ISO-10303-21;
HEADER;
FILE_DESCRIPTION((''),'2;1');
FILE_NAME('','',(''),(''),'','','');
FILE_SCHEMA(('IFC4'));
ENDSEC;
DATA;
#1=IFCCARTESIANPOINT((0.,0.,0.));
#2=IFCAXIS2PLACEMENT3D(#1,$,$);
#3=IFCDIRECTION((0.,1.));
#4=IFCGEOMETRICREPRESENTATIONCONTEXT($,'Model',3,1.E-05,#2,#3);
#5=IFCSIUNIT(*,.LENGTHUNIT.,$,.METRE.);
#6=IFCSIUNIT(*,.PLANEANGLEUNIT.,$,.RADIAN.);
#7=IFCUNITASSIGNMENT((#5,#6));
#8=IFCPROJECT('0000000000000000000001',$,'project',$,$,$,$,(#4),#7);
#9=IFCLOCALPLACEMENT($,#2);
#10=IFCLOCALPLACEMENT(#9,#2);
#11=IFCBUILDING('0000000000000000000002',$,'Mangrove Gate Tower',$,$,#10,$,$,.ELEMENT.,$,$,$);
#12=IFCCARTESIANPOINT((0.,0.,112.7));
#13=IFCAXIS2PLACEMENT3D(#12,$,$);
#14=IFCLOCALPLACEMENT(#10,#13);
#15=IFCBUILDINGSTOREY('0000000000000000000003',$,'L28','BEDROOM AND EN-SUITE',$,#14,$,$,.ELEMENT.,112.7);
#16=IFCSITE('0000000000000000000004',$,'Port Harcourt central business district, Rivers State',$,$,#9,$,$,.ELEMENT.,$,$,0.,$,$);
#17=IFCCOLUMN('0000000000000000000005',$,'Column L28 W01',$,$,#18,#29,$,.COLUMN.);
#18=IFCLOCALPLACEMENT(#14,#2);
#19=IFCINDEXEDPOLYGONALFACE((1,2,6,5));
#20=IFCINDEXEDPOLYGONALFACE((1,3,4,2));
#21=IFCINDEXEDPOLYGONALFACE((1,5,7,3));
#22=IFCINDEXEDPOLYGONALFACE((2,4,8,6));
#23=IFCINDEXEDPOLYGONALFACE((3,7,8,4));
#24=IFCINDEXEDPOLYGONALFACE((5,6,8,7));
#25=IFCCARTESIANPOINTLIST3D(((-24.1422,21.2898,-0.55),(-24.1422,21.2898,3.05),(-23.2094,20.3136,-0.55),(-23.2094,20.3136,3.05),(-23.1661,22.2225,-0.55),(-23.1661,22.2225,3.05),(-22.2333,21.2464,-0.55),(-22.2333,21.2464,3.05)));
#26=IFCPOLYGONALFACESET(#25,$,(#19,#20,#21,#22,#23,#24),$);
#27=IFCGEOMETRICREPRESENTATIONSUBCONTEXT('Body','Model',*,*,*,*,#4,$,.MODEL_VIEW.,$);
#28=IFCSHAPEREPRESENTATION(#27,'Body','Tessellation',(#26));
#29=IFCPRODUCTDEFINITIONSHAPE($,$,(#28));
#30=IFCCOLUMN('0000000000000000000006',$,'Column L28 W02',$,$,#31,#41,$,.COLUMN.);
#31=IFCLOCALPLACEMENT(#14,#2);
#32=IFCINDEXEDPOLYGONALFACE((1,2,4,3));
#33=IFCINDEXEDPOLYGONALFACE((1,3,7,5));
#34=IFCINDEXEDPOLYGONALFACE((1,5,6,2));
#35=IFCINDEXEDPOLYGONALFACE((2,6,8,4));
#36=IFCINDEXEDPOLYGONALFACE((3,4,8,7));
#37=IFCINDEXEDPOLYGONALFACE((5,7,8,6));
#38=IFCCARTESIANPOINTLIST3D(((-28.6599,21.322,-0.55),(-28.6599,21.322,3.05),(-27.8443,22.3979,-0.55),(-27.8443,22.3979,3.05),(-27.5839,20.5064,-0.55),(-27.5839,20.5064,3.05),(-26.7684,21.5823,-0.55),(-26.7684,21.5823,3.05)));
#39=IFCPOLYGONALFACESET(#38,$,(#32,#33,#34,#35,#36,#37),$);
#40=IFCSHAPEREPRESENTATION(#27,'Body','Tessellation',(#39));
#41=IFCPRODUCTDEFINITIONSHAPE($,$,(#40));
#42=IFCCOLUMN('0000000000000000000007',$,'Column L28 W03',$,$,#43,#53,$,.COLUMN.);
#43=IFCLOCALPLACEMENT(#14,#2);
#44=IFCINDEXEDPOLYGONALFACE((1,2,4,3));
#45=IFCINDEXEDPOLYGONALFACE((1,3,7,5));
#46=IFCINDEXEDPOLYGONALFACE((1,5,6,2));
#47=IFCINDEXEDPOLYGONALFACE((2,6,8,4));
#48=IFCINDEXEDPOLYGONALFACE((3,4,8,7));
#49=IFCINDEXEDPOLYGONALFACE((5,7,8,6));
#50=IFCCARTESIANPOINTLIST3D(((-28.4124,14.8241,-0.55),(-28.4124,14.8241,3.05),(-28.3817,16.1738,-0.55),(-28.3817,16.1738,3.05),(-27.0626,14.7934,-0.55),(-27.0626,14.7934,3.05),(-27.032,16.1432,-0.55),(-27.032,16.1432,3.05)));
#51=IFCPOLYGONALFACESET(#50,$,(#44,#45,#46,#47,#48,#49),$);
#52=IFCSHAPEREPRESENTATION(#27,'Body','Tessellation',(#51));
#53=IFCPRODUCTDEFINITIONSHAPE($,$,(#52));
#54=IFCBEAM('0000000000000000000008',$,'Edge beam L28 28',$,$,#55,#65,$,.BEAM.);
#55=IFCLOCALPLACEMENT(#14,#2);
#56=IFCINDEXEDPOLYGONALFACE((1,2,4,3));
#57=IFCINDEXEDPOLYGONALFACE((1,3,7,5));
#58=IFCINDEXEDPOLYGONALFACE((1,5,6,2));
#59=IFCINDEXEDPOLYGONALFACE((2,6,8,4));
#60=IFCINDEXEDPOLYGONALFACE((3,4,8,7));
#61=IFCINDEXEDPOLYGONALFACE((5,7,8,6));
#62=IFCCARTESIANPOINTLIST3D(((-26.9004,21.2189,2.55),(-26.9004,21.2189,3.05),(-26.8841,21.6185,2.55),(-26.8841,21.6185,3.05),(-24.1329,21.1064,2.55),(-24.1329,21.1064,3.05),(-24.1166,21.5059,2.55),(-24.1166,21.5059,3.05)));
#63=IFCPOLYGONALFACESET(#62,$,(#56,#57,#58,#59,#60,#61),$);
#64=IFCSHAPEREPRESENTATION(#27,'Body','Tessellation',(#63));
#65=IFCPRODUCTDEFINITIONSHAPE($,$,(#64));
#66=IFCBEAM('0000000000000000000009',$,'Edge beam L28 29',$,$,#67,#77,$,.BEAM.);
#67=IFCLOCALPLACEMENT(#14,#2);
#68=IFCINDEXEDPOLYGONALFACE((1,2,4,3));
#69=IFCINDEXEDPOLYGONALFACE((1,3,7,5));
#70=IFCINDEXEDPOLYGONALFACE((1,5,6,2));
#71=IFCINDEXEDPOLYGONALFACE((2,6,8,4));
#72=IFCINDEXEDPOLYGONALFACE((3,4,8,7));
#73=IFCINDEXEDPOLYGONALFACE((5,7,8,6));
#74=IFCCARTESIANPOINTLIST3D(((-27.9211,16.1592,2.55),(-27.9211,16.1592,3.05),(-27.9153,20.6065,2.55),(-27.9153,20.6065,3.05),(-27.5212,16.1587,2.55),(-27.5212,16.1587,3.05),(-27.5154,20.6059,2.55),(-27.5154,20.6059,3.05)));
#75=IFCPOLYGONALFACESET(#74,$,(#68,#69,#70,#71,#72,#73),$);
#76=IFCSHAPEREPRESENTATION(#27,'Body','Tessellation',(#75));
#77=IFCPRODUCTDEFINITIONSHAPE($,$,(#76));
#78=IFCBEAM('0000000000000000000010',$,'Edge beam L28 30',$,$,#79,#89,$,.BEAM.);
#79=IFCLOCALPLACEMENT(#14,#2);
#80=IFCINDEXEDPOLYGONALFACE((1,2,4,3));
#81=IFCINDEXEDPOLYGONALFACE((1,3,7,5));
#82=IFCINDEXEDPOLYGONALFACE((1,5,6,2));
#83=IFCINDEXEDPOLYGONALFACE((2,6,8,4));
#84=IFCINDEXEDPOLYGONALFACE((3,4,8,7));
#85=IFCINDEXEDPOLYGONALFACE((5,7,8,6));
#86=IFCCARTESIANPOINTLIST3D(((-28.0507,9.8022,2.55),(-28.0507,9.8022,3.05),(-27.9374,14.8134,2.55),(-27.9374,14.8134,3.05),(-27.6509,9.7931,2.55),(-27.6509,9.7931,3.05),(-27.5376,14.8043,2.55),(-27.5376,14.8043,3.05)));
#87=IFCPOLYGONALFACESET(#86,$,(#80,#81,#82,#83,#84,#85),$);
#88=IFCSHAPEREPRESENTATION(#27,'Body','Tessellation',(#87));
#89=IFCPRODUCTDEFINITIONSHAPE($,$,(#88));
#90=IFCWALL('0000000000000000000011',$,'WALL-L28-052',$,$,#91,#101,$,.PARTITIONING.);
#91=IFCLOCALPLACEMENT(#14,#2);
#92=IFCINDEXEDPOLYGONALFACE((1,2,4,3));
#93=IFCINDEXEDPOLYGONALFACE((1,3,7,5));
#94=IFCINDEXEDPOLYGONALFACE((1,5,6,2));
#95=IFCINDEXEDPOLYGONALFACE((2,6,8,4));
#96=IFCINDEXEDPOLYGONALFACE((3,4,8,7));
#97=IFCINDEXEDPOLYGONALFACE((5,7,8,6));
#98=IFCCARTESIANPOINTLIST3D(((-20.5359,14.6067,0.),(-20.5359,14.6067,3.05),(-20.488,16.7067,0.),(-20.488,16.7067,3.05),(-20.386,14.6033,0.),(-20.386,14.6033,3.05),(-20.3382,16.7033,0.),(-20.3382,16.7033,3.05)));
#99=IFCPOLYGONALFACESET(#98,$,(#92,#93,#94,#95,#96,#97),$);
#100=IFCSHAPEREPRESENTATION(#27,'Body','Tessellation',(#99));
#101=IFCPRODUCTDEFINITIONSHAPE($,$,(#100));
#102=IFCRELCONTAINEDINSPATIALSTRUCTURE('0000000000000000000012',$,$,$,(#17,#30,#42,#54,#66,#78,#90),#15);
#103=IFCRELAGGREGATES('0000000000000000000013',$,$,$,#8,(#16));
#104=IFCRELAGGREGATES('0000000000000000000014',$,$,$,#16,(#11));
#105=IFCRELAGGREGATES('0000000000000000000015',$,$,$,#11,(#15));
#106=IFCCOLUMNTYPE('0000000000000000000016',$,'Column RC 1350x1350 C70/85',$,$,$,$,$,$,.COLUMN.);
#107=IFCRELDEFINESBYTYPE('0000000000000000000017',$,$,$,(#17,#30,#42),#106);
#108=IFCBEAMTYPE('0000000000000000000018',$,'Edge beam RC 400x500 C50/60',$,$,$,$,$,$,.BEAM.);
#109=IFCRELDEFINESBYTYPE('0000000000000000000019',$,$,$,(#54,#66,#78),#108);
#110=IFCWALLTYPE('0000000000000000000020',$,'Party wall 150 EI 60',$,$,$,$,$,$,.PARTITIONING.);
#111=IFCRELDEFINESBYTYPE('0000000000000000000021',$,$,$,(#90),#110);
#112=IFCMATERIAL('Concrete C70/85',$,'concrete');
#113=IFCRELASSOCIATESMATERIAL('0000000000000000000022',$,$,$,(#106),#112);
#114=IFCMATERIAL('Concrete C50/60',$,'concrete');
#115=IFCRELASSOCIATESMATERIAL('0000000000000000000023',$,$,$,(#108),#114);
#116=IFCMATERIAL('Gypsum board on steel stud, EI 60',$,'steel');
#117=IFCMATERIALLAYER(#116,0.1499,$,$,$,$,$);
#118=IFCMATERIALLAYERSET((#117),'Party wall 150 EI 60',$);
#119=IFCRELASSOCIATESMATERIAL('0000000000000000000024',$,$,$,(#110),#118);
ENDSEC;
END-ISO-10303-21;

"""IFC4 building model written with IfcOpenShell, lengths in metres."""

from ifc_helpers import new_model, si_unit, direction, frame, frame_2d, origin, origin_2d, place, context, subcontext, project, spatial, rectangle, extrude, material, layer, layer_set, material_profile, profile_set, type_object, element, save


model = new_model("IFC4")

# Units and contexts
model_context = context("Model", 3, precision=1e-05, world=origin(), true_north=direction((0.0, 1.0)))
body_context = subcontext(model_context, "Body", "Model", "MODEL_VIEW")
ifc_project = project(units=[si_unit("LENGTHUNIT", "METRE"), si_unit("PLANEANGLEUNIT", "RADIAN")], contexts=[model_context])

# Site, building, storey
site_placement = place(None, origin())
site = spatial("IfcSite", under=ifc_project, at=site_placement, Name="Port Harcourt central business district, Rivers State", CompositionType="ELEMENT", RefElevation=0.0)
building_placement = place(site_placement, origin())
building = spatial("IfcBuilding", under=site, at=building_placement, Name="Mangrove Gate Tower", CompositionType="ELEMENT")
storey_placement = place(building_placement, frame((0.0, 0.0, 112.7)))
storey = spatial("IfcBuildingStorey", under=building, at=storey_placement, Name="L28", Description="BEDROOM AND EN-SUITE", CompositionType="ELEMENT", Elevation=112.7)

# Columns
ifc_material_1 = material(Name="Concrete C70/85", Category="concrete")
ifc_material_profile_1 = material_profile(ifc_material_1, rectangle(XDim=1.3501, YDim=1.3501, at=origin_2d()))
ifc_profile_set_1 = profile_set([ifc_material_profile_1], Name="Concrete C70/85")
column_type = type_object("IfcColumnType", Name="Column RC 1350x1350 C70/85", PredefinedType="COLUMN", material=ifc_profile_set_1)
for number, where, z_axis, x_axis, name in (
    (1, (-23.1877, 21.2681, -0.55), (0.0, 0.0, 1.0), (-0.722989, -0.69086, 0.0), "Column L28 W01"),
    (2, (-27.7141, 21.4521, -0.55), (0.0, 0.0, 1.0), (-0.604088, -0.796917, 0.0), "Column L28 W02"),
    (3, (-27.7222, 15.4836, -0.55), (0.0, 0.0, 1.0), (-0.022711, -0.999742, 0.0), "Column L28 W03"),
):
    element("IfcColumn", number, at=place(storey_placement, frame(where, z_axis=z_axis, x_axis=x_axis)), inside=storey, type_object=column_type, Name=name, PredefinedType="COLUMN", context=body_context, shape_type="SweptSolid", body=[
        extrude(rectangle(XDim=1.3501, YDim=1.3501, at=origin_2d()), origin(), (0.0, 0.0, 1.0), 3.6001),
    ])

# Beams
ifc_material_2 = material(Name="Concrete C50/60", Category="concrete")
ifc_material_profile_2 = material_profile(ifc_material_2, rectangle(XDim=0.3999, YDim=0.5, at=origin_2d()))
ifc_profile_set_2 = profile_set([ifc_material_profile_2], Name="Concrete C50/60")
beam_type = type_object("IfcBeamType", Name="Edge beam RC 400x500 C50/60", PredefinedType="BEAM", material=ifc_profile_set_2)
beam_1_placement = place(storey_placement, frame((-24.1248, 21.3062, 2.8), z_axis=(-0.999174, 0.040633, 0.0), x_axis=(-0.040633, -0.999174, 0.0)))
element("IfcBeam", 4, at=beam_1_placement, inside=storey, type_object=beam_type, Name="Edge beam L28 28", PredefinedType="BEAM", context=body_context, shape_type="SweptSolid", body=[
    extrude(rectangle(XDim=0.3999, YDim=0.5, at=origin_2d()), origin(), (0.0, 0.0, 1.0), 2.7698),
])
beam_2_placement = place(storey_placement, frame((-27.7153, 20.6062, 2.8), z_axis=(-0.001318, -0.999999, 0.0), x_axis=(0.999999, -0.001318, 0.0)))
element("IfcBeam", 5, at=beam_2_placement, inside=storey, type_object=beam_type, Name="Edge beam L28 29", PredefinedType="BEAM", context=body_context, shape_type="SweptSolid", body=[
    extrude(rectangle(XDim=0.3999, YDim=0.5, at=origin_2d()), origin(), (0.0, 0.0, 1.0), 4.4473),
])
beam_3_placement = place(storey_placement, frame((-27.7375, 14.8088, 2.8), z_axis=(-0.0226, -0.999745, 0.0), x_axis=(0.999745, -0.0226, 0.0)))
element("IfcBeam", 6, at=beam_3_placement, inside=storey, type_object=beam_type, Name="Edge beam L28 30", PredefinedType="BEAM", context=body_context, shape_type="SweptSolid", body=[
    extrude(rectangle(XDim=0.3999, YDim=0.5, at=origin_2d()), origin(), (0.0, 0.0, 1.0), 5.0125),
])

# Wall
ifc_material_3 = material(Name="Gypsum board on steel stud, EI 60", Category="steel")
ifc_layer_1 = layer(ifc_material_3, 0.1499)
ifc_layer_set_1 = layer_set([ifc_layer_1], Name="Party wall 150 EI 60")
wall_type_1 = type_object("IfcWallType", Name="Party wall 150 EI 60", PredefinedType="PARTITIONING", material=ifc_layer_set_1)
wall_1_placement = place(storey_placement, frame((-20.4609, 14.605, 0.0), z_axis=(0.0, 0.0, 1.0), x_axis=(0.022779, 0.999741, 0.0)))
element("IfcWall", 7, at=wall_1_placement, inside=storey, type_object=wall_type_1, Name="WALL-L28-052", PredefinedType="PARTITIONING", context=body_context, shape_type="SweptSolid", body=[
    extrude(rectangle(XDim=2.1006, YDim=0.1499, at=frame_2d((1.0503, 0.0))), origin(), (0.0, 0.0, 1.0), 3.05),
])

save(model, "model.ifc")
